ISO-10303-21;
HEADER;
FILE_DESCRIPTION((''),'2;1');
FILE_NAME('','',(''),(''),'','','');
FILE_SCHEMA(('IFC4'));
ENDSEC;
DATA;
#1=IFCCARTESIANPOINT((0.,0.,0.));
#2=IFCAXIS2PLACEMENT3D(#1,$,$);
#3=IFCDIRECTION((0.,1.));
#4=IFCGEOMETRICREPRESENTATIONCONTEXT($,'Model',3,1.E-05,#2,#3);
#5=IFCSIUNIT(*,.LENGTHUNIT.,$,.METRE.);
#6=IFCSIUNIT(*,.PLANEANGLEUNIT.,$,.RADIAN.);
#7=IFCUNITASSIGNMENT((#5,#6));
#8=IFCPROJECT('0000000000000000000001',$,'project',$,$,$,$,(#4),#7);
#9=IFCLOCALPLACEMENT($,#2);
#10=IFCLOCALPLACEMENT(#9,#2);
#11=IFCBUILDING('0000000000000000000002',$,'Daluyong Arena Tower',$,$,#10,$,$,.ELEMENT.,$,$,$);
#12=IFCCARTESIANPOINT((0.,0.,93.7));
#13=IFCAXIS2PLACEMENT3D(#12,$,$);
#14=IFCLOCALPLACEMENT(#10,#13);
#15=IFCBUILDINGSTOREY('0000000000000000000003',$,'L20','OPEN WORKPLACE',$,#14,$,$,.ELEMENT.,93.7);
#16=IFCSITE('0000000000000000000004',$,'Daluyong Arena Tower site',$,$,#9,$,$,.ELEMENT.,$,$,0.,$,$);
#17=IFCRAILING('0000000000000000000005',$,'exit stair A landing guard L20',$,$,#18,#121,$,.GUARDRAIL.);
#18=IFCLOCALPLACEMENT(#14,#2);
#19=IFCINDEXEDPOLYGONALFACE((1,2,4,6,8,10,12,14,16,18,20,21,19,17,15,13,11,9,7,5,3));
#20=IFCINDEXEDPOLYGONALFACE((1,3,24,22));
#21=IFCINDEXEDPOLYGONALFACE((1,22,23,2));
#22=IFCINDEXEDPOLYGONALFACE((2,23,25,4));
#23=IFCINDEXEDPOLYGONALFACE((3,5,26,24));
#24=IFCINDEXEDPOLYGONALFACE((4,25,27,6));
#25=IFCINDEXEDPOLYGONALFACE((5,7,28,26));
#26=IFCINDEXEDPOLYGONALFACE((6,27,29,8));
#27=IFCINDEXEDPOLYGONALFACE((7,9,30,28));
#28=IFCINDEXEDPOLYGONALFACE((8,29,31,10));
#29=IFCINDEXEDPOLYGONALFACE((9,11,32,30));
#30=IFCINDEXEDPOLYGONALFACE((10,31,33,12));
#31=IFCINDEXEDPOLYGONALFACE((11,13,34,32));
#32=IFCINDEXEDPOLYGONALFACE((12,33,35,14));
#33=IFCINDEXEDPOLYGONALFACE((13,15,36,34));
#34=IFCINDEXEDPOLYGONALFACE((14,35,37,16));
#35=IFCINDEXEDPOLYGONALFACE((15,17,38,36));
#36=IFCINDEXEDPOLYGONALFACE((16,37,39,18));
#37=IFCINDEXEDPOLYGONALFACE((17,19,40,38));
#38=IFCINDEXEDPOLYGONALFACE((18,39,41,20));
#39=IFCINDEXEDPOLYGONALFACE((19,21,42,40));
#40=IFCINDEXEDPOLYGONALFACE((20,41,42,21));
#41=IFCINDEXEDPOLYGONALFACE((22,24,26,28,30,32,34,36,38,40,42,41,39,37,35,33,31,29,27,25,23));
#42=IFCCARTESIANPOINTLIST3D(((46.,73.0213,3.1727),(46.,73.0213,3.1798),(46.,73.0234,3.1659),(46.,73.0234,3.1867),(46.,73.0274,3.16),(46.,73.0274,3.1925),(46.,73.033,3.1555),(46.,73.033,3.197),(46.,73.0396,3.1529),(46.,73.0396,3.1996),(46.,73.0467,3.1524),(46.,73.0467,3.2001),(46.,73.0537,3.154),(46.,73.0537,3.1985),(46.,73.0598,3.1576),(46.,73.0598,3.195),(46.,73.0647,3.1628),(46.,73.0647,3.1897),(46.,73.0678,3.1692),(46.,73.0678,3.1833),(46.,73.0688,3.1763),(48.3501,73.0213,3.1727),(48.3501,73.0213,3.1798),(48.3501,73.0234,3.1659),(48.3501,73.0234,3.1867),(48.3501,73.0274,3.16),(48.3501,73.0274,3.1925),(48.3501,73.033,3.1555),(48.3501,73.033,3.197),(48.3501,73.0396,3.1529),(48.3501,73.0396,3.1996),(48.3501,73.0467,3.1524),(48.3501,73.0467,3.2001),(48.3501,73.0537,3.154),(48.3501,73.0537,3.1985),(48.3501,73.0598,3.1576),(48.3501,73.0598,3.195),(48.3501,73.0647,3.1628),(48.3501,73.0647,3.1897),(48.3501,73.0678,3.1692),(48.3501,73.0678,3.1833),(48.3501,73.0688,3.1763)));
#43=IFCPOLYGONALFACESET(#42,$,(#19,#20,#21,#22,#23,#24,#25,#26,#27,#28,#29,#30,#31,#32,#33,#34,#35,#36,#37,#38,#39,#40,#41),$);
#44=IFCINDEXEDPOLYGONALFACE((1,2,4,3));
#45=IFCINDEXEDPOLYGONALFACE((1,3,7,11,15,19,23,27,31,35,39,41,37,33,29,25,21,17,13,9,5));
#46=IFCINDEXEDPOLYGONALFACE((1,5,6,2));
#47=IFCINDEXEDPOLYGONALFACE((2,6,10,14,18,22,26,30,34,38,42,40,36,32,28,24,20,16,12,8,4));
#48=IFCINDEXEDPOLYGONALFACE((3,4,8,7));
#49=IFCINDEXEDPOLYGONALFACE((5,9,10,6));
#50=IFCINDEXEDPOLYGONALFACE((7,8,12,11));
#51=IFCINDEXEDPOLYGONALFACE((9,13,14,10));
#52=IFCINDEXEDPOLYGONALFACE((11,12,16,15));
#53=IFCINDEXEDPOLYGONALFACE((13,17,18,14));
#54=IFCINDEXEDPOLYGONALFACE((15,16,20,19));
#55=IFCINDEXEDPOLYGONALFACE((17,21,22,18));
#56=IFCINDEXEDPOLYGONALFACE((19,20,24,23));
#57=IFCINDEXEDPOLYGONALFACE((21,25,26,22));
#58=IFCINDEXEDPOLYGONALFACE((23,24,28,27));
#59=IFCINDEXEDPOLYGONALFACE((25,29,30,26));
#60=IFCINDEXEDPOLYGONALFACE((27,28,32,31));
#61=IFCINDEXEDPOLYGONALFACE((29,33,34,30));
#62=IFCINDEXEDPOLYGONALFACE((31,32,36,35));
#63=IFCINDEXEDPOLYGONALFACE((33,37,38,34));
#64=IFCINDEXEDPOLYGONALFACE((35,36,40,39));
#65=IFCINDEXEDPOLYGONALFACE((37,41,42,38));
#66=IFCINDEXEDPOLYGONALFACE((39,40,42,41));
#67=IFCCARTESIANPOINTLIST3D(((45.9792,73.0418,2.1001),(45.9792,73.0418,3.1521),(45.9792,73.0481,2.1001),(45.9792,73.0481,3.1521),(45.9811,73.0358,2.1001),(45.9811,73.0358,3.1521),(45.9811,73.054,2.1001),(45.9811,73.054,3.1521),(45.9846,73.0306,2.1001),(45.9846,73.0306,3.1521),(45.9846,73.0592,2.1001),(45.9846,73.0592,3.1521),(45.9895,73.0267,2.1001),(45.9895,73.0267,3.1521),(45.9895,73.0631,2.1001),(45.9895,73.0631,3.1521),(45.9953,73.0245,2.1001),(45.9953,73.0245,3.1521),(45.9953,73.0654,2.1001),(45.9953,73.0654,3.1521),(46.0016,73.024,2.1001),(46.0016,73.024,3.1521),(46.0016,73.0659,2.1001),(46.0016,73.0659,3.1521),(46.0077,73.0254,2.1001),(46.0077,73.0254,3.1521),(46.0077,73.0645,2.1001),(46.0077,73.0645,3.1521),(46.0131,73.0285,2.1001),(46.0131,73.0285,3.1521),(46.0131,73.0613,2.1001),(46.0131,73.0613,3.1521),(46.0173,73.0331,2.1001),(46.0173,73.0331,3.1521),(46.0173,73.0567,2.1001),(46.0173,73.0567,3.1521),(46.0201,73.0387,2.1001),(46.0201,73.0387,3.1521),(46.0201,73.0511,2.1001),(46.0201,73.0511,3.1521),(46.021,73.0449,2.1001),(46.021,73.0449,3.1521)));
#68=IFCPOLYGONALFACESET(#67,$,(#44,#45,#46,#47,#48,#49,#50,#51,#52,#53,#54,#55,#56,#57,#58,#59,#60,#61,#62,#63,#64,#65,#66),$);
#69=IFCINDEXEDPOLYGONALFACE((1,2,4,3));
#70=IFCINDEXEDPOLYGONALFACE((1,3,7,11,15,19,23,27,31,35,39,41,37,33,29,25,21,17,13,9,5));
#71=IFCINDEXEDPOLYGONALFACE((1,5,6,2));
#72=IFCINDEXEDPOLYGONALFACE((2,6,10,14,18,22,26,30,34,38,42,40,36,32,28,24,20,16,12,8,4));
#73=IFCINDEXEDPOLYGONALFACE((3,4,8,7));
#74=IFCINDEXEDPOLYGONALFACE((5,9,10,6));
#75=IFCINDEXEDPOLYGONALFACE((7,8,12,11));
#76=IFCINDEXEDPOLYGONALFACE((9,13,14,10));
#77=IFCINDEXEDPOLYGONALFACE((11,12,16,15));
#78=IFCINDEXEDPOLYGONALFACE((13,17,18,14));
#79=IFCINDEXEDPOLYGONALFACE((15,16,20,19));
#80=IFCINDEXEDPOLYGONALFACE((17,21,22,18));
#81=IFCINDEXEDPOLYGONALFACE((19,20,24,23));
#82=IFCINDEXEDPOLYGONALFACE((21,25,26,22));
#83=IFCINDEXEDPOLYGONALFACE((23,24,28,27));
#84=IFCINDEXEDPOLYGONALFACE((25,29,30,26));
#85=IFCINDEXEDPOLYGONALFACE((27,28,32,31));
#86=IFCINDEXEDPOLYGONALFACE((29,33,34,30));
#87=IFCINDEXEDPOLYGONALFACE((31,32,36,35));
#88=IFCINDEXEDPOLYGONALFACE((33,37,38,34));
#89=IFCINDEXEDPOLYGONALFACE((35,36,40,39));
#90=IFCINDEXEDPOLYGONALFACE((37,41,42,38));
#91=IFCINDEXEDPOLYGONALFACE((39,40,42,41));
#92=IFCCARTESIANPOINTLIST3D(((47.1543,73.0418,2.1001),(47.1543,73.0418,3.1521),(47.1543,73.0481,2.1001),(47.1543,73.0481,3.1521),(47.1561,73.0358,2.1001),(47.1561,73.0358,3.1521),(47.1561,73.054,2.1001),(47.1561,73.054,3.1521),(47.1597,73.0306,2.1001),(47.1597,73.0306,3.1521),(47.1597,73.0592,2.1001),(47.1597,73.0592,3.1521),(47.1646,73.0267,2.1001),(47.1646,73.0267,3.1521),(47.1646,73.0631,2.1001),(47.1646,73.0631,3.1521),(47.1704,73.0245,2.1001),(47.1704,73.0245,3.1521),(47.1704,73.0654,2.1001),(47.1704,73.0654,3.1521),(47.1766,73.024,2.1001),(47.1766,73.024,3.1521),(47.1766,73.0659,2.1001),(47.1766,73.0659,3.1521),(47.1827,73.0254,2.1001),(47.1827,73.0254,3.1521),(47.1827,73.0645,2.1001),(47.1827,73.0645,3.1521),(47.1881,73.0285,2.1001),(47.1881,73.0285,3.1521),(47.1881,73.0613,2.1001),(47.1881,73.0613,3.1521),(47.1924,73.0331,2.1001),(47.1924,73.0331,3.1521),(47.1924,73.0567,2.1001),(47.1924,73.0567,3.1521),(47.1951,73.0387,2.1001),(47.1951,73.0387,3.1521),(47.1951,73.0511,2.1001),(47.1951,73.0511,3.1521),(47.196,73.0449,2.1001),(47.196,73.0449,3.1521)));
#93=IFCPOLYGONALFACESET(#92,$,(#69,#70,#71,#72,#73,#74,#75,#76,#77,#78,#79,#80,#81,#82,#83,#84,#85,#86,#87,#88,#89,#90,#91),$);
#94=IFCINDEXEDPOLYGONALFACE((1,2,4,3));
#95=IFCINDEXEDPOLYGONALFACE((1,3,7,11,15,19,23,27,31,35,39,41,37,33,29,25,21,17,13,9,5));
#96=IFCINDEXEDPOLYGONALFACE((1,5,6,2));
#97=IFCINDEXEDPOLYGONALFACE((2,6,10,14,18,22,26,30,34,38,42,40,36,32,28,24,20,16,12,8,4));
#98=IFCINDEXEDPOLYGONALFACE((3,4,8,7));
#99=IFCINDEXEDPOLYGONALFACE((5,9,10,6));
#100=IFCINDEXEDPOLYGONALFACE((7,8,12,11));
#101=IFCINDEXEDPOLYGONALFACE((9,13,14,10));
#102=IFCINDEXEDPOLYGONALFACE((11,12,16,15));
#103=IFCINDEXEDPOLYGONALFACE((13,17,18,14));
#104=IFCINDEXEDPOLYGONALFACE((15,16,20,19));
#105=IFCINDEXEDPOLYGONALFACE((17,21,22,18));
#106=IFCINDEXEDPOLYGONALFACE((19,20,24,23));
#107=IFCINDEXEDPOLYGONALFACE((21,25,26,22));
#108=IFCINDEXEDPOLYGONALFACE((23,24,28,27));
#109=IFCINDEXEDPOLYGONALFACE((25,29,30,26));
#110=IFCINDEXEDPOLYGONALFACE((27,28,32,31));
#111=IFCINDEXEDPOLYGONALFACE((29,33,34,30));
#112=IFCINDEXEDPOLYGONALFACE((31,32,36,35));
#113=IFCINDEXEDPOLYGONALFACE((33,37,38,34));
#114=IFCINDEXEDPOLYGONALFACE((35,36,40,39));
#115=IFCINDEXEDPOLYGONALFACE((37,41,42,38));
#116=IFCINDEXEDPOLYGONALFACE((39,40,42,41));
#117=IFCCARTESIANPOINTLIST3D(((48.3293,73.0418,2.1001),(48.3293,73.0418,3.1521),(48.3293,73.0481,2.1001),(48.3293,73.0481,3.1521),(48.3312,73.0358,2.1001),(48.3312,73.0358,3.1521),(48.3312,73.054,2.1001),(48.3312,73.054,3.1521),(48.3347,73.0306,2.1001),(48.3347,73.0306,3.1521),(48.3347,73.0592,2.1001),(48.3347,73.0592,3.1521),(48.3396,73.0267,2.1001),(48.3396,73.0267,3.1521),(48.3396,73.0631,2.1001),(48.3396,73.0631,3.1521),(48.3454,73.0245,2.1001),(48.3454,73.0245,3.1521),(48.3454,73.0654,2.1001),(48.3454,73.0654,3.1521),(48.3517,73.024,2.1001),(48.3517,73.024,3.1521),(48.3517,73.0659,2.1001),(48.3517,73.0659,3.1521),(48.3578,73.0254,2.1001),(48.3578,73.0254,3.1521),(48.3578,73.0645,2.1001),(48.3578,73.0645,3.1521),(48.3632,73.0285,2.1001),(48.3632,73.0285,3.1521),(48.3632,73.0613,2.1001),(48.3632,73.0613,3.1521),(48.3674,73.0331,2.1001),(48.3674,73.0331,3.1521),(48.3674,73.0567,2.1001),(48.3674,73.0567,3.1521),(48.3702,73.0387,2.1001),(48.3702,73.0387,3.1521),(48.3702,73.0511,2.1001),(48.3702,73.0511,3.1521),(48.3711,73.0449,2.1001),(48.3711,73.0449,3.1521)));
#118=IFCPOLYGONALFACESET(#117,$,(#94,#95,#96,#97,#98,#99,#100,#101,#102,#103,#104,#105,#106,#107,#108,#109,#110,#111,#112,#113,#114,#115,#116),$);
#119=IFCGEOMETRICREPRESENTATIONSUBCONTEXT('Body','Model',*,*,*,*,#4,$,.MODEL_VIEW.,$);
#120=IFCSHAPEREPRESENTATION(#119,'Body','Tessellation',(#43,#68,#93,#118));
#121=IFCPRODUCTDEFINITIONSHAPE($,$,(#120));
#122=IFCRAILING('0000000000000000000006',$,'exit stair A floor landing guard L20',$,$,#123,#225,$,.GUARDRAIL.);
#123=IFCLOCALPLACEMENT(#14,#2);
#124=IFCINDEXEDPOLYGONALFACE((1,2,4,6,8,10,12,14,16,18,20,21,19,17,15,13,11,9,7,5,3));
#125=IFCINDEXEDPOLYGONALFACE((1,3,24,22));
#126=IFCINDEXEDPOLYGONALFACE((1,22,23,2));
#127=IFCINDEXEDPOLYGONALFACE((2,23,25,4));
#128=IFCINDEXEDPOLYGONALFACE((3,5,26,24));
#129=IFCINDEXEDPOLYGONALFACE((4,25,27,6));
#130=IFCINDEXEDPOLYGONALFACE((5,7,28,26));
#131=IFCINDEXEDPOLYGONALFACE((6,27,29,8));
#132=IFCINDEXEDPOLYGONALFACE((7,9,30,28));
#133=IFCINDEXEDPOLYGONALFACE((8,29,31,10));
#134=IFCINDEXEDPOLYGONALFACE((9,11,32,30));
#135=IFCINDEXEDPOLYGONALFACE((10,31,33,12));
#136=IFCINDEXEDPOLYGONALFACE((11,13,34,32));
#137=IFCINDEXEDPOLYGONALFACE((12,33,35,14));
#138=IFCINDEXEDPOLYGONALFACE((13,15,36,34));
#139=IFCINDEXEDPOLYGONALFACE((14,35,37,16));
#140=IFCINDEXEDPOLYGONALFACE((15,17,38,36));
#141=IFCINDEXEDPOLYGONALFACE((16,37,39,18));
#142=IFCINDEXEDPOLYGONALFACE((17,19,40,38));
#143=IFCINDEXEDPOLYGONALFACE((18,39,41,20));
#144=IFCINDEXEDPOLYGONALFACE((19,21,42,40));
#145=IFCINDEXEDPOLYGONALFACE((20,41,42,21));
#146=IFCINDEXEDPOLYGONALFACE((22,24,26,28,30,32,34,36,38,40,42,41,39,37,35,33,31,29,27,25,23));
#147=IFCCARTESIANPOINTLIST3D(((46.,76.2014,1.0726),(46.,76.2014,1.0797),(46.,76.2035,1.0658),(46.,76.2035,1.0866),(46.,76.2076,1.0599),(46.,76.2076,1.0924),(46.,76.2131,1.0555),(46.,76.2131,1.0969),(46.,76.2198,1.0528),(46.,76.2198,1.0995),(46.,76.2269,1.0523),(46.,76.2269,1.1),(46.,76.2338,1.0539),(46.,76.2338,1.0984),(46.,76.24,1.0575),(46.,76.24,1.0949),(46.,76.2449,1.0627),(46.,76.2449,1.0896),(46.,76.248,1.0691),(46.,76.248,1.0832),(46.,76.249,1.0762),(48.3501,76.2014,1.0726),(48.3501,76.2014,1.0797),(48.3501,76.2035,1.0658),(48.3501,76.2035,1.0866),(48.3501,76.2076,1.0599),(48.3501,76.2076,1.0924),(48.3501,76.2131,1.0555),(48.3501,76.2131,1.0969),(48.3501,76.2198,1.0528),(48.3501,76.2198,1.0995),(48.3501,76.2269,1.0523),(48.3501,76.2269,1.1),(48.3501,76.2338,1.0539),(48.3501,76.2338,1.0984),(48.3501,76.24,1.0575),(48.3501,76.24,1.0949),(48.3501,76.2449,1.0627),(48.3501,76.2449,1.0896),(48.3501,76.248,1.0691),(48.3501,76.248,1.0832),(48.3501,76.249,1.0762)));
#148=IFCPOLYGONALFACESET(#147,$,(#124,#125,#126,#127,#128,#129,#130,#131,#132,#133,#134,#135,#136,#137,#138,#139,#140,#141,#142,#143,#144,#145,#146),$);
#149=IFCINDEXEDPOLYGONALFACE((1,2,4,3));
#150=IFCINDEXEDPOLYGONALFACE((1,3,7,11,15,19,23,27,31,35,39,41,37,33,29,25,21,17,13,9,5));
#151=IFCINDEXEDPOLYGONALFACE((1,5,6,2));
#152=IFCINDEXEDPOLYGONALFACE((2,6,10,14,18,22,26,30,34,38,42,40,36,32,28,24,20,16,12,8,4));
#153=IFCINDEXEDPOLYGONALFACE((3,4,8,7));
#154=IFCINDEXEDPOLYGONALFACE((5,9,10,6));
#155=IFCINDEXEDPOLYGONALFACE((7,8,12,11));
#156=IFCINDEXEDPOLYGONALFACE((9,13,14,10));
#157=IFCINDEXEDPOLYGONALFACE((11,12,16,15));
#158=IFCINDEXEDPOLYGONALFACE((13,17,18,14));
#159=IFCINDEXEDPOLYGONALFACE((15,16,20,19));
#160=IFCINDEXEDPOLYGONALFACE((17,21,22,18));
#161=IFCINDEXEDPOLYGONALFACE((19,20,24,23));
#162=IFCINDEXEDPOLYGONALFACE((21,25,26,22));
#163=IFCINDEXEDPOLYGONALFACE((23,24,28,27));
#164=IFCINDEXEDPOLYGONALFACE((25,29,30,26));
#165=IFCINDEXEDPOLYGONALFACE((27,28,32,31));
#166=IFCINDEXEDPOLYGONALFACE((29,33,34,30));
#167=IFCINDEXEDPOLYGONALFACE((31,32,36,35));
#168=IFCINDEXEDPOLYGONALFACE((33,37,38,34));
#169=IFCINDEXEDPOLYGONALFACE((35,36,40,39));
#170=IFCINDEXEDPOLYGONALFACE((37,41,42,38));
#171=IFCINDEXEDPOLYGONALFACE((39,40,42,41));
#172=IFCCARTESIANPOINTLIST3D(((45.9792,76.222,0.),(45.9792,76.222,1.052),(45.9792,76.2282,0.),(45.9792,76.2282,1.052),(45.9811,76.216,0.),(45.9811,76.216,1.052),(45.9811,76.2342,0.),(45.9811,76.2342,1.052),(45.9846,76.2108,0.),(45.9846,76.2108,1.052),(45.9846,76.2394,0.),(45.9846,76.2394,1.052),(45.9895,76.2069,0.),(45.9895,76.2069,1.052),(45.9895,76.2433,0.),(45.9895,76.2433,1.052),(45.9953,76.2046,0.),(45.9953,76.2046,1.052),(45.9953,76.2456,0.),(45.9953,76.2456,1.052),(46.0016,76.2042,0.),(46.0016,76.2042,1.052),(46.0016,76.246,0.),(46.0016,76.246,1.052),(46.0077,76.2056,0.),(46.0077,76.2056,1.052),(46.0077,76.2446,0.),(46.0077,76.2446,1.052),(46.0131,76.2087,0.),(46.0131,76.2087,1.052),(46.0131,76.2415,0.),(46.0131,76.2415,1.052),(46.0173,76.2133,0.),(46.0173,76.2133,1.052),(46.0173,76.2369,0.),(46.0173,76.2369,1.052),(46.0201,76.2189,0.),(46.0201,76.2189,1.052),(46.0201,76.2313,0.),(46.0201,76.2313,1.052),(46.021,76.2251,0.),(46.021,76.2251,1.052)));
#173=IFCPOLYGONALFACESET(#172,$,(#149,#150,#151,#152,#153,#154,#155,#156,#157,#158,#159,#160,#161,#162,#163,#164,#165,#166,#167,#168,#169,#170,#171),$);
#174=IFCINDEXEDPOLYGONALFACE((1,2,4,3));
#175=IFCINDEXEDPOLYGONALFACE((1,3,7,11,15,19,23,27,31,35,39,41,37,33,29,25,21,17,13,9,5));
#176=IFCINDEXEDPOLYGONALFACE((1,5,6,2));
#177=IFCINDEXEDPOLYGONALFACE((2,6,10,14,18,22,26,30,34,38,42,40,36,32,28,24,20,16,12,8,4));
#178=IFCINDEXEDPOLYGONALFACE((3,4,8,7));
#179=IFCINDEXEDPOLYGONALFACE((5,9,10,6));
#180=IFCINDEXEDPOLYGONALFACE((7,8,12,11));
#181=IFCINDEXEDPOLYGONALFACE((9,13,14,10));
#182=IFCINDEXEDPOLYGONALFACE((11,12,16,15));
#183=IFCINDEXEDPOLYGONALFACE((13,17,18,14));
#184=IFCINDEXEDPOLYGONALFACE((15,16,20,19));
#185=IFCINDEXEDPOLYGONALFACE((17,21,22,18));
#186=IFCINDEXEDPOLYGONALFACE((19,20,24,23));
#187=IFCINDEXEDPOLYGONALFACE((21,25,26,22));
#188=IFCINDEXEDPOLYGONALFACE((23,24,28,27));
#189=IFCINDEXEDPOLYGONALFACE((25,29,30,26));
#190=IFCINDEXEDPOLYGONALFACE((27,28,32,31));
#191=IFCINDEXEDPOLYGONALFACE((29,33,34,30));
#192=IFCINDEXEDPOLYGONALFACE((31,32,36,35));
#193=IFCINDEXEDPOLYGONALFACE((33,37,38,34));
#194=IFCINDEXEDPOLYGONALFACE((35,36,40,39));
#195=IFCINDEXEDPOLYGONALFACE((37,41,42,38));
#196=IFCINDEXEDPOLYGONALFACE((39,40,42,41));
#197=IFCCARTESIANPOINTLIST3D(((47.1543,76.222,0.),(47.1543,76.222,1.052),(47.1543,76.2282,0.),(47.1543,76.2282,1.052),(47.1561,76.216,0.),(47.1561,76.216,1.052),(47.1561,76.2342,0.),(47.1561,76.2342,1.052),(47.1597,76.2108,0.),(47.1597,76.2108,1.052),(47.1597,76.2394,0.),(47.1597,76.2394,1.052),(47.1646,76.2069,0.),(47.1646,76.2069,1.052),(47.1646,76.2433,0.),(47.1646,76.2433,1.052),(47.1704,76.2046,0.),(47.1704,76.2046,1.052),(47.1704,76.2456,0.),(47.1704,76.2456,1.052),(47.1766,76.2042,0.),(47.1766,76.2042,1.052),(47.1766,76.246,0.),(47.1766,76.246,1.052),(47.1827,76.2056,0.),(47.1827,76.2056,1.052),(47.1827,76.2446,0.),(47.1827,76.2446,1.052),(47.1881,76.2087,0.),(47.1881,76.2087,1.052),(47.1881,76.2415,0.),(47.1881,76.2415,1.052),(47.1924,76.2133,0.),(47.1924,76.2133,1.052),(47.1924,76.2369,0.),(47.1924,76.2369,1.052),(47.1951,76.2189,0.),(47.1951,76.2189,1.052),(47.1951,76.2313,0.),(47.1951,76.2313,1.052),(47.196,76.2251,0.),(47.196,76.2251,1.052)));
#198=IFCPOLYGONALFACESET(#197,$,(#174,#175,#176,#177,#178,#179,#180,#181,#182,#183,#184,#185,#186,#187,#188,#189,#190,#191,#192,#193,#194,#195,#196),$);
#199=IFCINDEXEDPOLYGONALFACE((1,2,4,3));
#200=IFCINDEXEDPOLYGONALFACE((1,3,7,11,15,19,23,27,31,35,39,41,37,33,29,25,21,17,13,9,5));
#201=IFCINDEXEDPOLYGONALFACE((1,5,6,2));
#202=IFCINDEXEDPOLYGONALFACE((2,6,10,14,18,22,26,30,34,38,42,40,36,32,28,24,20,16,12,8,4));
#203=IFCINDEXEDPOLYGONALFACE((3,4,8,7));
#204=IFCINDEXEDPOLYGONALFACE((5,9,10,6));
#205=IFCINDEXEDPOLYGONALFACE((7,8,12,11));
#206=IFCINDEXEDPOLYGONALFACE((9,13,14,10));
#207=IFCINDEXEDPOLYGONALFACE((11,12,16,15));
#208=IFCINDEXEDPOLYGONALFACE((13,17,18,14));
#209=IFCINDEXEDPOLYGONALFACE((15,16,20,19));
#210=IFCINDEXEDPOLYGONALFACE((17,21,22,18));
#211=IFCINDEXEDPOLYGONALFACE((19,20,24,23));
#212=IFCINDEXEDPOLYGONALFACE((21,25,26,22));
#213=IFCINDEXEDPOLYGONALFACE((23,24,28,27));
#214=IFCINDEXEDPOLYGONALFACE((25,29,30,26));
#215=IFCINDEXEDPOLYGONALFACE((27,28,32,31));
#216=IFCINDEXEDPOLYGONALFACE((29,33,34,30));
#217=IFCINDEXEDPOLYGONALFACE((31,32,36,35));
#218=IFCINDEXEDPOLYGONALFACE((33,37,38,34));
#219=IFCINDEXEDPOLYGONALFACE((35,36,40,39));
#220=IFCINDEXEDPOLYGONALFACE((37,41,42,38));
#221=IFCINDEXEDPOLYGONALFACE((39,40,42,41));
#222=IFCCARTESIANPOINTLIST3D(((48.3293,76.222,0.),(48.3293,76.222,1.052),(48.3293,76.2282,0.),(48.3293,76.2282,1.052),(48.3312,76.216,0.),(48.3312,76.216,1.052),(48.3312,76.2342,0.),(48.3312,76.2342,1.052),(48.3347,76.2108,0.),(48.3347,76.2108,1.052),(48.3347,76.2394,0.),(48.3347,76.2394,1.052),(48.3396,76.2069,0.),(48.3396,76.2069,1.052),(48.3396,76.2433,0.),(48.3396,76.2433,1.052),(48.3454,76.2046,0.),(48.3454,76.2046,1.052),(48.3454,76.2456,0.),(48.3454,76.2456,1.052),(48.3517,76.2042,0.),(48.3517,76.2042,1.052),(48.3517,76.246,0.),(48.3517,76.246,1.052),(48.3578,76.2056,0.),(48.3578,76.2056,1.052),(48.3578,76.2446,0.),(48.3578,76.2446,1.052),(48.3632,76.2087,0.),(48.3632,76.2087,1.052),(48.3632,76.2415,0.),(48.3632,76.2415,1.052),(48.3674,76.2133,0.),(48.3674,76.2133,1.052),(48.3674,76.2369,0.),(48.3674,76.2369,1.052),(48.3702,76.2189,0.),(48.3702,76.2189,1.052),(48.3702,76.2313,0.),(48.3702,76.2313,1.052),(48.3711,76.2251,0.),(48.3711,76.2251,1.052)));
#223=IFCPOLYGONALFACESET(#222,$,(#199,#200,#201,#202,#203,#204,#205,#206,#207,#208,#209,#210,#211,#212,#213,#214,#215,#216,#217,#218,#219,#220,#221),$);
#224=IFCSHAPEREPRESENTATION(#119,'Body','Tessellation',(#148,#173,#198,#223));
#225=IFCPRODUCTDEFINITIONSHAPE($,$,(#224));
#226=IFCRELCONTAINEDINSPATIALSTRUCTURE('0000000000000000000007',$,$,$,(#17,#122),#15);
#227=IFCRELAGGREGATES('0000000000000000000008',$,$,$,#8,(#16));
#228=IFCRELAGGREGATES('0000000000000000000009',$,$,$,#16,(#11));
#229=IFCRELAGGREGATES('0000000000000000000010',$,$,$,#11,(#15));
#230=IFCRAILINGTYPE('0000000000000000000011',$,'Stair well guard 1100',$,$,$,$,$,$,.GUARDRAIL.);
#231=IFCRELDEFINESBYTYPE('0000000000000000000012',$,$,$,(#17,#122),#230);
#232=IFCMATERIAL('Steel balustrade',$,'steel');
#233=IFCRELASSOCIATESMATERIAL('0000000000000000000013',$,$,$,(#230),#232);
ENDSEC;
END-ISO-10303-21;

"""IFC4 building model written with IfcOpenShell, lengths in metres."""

from ifc_helpers import new_model, si_unit, direction, frame, origin, origin_2d, place, context, subcontext, project, spatial, circle, extrude, material, type_object, element, save


model = new_model("IFC4")

# Units and contexts
model_context = context("Model", 3, precision=1e-05, world=origin(), true_north=direction((0.0, 1.0)))
body_context = subcontext(model_context, "Body", "Model", "MODEL_VIEW")
ifc_project = project(units=[si_unit("LENGTHUNIT", "METRE"), si_unit("PLANEANGLEUNIT", "RADIAN")], contexts=[model_context])

# Site, building, storey
site_placement = place(None, origin())
site = spatial("IfcSite", under=ifc_project, at=site_placement, Name="Daluyong Arena Tower site", CompositionType="ELEMENT", RefElevation=0.0)
building_placement = place(site_placement, origin())
building = spatial("IfcBuilding", under=site, at=building_placement, Name="Daluyong Arena Tower", CompositionType="ELEMENT")
storey_placement = place(building_placement, frame((0.0, 0.0, 93.7)))
storey = spatial("IfcBuildingStorey", under=building, at=storey_placement, Name="L20", Description="OPEN WORKPLACE", CompositionType="ELEMENT", Elevation=93.7)

# Railings
ifc_material_1 = material(Name="Steel balustrade", Category="steel")
railing_type_1 = type_object("IfcRailingType", Name="Stair well guard 1100", PredefinedType="GUARDRAIL", material=ifc_material_1)
for number, where, name in (
    (1, (46.0, 73.0449, 2.1001), "exit stair A landing guard L20"),
    (2, (46.0, 76.2251, 0.0), "exit stair A floor landing guard L20"),
):
    element("IfcRailing", number, at=place(storey_placement, frame(where)), inside=storey, type_object=railing_type_1, Name=name, PredefinedType="GUARDRAIL", context=body_context, shape_type="SweptSolid", body=[
        extrude(circle(Radius=0.0239, at=origin_2d()), frame((0.0, 0.0, 1.0762), z_axis=(1.0, 0.0, 0.0), x_axis=(0.0, 1.0, 0.0)), (0.0, 0.0, 1.0), 2.3501),
        extrude(circle(Radius=0.021, at=origin_2d()), origin(), (0.0, 0.0, 1.0), 1.052),
        extrude(circle(Radius=0.021, at=origin_2d()), frame((1.175, 0.0, 0.0)), (0.0, 0.0, 1.0), 1.052),
        extrude(circle(Radius=0.021, at=origin_2d()), frame((2.3501, 0.0, 0.0)), (0.0, 0.0, 1.0), 1.052),
    ])

save(model, "model.ifc")
